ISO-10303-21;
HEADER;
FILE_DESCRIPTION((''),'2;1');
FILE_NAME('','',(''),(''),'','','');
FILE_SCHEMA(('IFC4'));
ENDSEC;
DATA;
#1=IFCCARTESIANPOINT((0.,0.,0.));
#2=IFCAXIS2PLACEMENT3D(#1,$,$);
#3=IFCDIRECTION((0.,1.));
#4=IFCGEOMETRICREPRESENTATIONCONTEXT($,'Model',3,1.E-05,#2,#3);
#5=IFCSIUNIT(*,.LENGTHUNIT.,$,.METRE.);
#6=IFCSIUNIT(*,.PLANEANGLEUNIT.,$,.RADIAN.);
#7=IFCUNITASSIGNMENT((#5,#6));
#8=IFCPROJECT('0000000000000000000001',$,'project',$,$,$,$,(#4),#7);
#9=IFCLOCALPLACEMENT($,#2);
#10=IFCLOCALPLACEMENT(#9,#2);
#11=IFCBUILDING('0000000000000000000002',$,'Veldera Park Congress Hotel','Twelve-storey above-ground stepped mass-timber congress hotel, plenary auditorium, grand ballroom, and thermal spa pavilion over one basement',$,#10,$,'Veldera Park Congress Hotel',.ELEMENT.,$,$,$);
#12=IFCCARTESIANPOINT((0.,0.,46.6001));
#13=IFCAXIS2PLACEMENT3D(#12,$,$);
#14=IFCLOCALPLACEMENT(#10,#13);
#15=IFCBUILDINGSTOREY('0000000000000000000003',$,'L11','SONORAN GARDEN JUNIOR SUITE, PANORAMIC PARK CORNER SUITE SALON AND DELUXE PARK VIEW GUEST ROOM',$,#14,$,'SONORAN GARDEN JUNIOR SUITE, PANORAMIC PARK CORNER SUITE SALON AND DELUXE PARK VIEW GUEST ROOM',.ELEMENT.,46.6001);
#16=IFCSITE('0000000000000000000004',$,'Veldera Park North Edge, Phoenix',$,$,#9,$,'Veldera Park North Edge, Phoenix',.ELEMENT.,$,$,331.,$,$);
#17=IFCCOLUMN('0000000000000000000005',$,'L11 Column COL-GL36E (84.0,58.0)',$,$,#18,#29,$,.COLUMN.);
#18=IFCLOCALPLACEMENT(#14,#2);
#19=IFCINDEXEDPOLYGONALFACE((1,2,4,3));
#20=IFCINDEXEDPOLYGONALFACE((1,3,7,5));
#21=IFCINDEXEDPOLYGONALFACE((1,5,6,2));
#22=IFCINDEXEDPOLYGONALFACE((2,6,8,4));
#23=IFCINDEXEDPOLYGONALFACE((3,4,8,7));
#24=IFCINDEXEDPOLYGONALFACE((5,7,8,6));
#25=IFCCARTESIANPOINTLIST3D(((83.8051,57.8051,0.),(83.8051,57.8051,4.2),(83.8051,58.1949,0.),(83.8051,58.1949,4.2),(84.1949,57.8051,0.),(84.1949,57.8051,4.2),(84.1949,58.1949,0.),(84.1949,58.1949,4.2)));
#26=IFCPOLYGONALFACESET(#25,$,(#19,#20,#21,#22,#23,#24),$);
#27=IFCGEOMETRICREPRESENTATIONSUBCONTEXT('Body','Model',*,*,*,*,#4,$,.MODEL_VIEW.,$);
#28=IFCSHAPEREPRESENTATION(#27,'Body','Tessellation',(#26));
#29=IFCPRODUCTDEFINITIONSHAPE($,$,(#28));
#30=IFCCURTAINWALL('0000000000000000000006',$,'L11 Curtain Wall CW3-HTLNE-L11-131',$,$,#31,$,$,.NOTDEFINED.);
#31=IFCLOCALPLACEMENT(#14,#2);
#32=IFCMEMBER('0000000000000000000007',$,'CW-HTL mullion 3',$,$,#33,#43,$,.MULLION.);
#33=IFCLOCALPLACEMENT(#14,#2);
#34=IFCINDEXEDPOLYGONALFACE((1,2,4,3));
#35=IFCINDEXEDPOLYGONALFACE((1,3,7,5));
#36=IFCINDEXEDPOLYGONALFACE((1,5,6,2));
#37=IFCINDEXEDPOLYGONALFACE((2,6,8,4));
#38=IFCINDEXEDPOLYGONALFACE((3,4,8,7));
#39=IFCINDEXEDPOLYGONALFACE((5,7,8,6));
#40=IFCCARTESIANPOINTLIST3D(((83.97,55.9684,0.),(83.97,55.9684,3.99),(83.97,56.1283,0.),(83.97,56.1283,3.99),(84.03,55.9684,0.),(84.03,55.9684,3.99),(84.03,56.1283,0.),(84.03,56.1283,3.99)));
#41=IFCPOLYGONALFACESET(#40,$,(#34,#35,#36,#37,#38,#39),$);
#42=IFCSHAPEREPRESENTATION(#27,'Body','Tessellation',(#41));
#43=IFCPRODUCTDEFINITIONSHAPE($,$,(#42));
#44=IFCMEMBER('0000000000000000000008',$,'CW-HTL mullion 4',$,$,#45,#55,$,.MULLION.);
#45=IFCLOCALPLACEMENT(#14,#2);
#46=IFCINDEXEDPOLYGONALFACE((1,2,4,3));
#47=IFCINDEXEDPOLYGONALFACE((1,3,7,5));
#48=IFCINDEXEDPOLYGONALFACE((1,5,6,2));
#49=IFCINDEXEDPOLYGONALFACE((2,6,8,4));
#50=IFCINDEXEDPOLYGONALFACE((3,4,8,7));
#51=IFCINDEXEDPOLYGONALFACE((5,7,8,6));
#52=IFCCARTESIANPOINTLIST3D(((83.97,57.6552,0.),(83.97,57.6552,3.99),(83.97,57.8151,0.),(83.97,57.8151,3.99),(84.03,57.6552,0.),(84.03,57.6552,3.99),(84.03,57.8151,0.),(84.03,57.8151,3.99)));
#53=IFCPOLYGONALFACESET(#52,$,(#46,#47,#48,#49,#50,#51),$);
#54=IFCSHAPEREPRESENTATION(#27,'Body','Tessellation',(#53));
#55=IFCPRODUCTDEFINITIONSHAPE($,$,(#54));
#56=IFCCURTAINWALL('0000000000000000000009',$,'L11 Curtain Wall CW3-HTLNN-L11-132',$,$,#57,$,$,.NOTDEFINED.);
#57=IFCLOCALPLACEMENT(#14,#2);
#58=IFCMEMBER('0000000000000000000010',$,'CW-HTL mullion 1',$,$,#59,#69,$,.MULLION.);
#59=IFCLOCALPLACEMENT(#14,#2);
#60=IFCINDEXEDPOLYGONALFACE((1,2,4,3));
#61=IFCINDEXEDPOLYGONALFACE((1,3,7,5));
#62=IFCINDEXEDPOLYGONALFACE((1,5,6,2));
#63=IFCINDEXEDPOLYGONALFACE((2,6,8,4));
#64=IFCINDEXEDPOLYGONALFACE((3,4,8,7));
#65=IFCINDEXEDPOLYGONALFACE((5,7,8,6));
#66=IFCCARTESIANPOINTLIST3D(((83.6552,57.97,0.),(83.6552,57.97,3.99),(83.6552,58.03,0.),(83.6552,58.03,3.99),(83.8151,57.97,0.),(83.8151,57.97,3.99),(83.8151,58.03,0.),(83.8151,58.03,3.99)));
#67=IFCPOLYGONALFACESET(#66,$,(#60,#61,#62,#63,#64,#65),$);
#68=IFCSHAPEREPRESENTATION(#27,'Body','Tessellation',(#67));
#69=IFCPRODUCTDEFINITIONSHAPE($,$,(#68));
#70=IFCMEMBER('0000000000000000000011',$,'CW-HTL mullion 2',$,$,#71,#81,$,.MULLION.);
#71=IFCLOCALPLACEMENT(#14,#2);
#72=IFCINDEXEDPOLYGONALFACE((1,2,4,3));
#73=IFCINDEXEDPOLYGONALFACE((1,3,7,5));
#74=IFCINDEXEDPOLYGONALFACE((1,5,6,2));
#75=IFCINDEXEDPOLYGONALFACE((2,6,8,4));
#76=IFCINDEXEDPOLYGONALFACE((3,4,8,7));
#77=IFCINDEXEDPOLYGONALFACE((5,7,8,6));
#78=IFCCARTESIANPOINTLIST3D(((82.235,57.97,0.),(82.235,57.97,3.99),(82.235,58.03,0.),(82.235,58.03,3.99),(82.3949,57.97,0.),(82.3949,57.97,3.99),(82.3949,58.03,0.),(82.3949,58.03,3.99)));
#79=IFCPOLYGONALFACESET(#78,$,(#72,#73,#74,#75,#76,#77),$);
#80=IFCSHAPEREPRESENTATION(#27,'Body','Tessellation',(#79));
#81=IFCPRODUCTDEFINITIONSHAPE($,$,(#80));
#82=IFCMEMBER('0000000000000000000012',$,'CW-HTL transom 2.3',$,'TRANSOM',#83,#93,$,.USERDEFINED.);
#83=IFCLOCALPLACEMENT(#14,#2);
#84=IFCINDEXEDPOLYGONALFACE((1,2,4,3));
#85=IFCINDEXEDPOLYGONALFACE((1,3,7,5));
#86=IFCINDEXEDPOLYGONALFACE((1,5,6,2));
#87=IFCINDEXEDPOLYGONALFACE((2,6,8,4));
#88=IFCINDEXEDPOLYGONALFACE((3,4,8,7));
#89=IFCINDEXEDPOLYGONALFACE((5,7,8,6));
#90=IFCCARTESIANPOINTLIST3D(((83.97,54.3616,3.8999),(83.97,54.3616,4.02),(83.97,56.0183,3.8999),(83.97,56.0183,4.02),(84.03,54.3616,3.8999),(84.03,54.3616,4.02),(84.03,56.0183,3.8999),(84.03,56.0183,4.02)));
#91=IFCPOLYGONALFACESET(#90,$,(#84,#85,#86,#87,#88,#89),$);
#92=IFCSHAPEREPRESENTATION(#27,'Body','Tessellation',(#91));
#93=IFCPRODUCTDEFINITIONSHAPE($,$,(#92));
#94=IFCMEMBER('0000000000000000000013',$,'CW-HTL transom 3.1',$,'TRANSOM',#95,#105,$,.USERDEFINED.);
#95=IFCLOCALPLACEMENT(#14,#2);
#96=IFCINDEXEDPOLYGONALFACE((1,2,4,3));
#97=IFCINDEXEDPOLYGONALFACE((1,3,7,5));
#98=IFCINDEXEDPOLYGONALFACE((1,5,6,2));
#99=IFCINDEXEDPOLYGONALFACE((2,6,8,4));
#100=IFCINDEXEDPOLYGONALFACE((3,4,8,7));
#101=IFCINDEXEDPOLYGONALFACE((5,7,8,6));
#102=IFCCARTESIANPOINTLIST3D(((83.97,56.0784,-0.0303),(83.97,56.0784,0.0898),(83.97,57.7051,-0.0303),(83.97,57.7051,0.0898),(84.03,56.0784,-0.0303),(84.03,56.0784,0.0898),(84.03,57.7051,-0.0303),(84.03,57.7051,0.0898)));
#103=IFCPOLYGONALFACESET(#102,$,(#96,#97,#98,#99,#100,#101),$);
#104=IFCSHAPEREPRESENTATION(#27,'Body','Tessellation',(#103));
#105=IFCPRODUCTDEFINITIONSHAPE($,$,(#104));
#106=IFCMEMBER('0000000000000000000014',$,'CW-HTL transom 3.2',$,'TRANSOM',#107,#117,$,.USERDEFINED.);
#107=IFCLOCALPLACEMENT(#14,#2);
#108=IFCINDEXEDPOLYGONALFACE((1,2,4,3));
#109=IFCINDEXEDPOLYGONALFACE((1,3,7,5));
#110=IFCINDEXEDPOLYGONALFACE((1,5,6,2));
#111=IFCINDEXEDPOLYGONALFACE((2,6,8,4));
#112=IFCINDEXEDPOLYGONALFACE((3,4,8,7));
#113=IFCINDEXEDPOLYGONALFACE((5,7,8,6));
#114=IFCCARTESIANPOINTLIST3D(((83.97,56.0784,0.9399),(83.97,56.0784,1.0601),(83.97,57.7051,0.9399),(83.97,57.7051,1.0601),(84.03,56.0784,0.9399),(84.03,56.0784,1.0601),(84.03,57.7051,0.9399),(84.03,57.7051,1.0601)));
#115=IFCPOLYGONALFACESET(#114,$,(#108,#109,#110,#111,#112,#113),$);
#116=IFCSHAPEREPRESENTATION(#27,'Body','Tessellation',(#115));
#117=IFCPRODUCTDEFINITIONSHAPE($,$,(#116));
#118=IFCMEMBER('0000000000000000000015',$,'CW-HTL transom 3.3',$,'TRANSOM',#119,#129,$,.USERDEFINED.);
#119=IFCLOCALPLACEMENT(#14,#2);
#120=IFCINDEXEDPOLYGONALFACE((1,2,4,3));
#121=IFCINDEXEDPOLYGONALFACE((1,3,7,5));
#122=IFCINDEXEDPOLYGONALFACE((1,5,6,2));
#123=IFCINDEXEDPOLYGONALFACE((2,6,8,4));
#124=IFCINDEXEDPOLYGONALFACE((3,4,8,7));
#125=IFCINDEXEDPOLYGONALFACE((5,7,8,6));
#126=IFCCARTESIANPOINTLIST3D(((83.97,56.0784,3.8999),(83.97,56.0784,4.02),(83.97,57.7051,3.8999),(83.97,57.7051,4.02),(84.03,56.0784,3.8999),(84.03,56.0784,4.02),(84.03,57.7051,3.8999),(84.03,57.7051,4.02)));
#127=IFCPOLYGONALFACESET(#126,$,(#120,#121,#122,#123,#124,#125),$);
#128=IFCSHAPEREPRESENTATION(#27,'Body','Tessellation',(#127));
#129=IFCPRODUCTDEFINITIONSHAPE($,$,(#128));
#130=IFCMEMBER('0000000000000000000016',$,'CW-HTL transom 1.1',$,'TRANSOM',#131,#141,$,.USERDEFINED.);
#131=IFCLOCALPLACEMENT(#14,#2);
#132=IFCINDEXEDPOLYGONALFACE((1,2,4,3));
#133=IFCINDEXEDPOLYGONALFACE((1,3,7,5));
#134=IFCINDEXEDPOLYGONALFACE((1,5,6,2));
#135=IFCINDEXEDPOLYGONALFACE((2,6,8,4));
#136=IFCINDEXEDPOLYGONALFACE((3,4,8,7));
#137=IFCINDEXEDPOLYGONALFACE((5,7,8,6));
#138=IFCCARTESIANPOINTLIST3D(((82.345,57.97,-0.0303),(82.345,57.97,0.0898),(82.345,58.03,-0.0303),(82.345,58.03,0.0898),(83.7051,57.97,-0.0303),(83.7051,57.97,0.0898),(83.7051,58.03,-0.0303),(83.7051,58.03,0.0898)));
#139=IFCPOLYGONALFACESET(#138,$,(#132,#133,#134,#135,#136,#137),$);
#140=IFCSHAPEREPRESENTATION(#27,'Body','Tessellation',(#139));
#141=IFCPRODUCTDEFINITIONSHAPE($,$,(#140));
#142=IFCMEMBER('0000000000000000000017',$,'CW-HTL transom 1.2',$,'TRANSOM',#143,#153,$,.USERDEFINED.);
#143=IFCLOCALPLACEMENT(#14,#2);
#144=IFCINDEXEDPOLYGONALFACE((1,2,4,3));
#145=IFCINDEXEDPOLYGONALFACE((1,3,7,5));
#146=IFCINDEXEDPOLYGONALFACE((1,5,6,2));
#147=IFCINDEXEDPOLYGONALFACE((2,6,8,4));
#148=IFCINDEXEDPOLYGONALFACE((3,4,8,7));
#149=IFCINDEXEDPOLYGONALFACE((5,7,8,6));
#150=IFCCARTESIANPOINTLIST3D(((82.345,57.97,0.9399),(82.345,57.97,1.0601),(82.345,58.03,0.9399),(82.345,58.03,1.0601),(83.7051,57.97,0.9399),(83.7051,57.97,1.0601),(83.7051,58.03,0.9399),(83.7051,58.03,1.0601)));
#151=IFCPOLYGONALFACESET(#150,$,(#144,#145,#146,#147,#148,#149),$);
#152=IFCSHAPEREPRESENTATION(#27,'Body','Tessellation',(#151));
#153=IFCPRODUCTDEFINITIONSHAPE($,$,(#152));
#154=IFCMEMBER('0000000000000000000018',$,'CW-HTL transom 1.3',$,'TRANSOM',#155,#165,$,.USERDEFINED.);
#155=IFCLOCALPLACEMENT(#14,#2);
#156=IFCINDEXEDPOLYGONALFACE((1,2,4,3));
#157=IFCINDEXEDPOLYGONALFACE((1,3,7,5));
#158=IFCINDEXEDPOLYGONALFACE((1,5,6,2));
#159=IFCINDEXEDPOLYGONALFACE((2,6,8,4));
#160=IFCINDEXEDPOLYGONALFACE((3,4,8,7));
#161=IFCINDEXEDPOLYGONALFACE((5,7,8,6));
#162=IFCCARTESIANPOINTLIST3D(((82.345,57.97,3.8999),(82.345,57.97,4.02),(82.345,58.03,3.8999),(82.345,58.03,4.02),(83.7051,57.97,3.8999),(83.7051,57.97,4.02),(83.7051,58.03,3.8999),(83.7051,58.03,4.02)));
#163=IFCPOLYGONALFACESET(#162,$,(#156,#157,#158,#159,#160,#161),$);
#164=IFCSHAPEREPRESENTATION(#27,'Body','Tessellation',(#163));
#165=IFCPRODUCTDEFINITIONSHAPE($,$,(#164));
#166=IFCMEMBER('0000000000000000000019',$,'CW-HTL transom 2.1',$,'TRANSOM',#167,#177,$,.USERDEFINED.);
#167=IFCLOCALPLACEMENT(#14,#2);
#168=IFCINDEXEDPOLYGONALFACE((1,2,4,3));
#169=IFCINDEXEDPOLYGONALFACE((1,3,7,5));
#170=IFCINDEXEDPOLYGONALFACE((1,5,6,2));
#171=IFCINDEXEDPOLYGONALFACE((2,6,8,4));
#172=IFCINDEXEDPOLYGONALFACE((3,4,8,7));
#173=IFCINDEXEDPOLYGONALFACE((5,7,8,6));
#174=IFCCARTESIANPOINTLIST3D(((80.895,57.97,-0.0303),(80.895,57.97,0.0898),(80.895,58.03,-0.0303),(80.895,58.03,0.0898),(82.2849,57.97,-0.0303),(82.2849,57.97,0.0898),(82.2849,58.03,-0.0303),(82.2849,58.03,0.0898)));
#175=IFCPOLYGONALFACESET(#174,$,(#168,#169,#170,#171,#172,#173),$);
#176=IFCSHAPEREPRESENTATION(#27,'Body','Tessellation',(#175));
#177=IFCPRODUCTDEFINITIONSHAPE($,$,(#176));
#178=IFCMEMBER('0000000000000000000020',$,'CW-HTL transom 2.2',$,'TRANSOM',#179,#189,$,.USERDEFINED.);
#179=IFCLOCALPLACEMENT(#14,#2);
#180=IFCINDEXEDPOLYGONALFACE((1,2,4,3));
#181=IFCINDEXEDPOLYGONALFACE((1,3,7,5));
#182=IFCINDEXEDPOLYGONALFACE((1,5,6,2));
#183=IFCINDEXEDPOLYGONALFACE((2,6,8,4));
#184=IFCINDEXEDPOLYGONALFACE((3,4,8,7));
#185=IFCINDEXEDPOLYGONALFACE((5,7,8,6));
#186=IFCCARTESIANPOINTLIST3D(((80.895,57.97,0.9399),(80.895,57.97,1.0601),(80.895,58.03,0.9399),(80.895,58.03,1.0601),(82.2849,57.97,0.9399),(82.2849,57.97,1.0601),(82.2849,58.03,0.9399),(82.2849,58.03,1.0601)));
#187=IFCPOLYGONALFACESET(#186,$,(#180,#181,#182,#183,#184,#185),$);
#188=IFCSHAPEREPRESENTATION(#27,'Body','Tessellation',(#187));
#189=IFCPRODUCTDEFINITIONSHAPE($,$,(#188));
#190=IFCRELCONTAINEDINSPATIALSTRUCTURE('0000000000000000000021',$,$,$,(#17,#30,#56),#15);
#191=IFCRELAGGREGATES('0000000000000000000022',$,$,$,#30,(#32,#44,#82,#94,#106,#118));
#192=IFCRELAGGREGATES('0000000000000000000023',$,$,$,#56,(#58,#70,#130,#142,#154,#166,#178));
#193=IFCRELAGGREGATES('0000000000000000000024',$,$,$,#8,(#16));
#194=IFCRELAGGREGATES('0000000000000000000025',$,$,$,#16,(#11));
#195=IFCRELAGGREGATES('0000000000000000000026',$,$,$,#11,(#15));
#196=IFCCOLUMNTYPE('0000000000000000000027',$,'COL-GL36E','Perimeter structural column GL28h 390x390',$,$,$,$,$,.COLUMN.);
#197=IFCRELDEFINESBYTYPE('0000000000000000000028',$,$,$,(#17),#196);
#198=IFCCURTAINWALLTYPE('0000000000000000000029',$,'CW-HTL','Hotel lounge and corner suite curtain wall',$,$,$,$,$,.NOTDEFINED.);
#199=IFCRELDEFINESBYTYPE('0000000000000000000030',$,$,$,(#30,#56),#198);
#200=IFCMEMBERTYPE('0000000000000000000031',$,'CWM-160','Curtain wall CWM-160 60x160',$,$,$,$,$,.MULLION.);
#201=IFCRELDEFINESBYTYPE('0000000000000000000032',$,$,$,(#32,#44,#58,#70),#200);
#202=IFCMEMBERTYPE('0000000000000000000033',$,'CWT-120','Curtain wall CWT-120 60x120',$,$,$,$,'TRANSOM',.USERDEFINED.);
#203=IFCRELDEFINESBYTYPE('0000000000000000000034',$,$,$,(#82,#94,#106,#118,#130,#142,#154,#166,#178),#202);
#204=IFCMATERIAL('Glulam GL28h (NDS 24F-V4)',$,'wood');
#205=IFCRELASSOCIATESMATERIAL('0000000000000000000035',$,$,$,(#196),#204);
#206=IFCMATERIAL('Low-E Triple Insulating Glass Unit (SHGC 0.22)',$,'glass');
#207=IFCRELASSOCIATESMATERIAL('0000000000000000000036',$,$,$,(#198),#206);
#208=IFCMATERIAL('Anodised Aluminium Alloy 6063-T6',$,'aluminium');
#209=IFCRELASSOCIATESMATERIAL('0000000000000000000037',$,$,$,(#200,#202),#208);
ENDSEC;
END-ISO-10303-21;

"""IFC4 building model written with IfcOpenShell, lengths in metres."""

from ifc_helpers import new_model, si_unit, direction, frame, origin, origin_2d, place, context, subcontext, project, spatial, rectangle, extrude, material, material_profile, profile_set, type_object, element, aggregate, save


model = new_model("IFC4")

# Units and contexts
model_context = context("Model", 3, precision=1e-05, world=origin(), true_north=direction((0.0, 1.0)))
body_context = subcontext(model_context, "Body", "Model", "MODEL_VIEW")
ifc_project = project(units=[si_unit("LENGTHUNIT", "METRE"), si_unit("PLANEANGLEUNIT", "RADIAN")], contexts=[model_context])

# Site, building, storey
site_placement = place(None, origin())
site = spatial("IfcSite", under=ifc_project, at=site_placement, Name="Veldera Park North Edge, Phoenix", LongName="Veldera Park North Edge, Phoenix", CompositionType="ELEMENT", RefElevation=331.0)
building_placement = place(site_placement, origin())
building = spatial("IfcBuilding", under=site, at=building_placement, Name="Veldera Park Congress Hotel", Description="Twelve-storey above-ground stepped mass-timber congress hotel, plenary auditorium, grand ballroom, and thermal spa pavilion over one basement", LongName="Veldera Park Congress Hotel", CompositionType="ELEMENT")
storey_placement = place(building_placement, frame((0.0, 0.0, 46.6001)))
storey = spatial("IfcBuildingStorey", under=building, at=storey_placement, Name="L11", Description="SONORAN GARDEN JUNIOR SUITE, PANORAMIC PARK CORNER SUITE SALON AND DELUXE PARK VIEW GUEST ROOM", LongName="SONORAN GARDEN JUNIOR SUITE, PANORAMIC PARK CORNER SUITE SALON AND DELUXE PARK VIEW GUEST ROOM", CompositionType="ELEMENT", Elevation=46.6001)

# Column
ifc_material_1 = material(Name="Glulam GL28h (NDS 24F-V4)", Category="wood")
ifc_material_profile_1 = material_profile(ifc_material_1, rectangle(XDim=0.3899, YDim=0.3899, at=origin_2d()), Name="GL28h 390x390")
ifc_profile_set_1 = profile_set([ifc_material_profile_1], Name="Glulam GL28h (NDS 24F-V4)")
column_type = type_object("IfcColumnType", Name="COL-GL36E", Description="Perimeter structural column GL28h 390x390", PredefinedType="COLUMN", material=ifc_profile_set_1)
column_placement = place(storey_placement, frame((84.0, 58.0, 0.0), z_axis=(0.0, 0.0, 1.0), x_axis=(1.0, 0.0, 0.0)))
element("IfcColumn", 1, at=column_placement, inside=storey, type_object=column_type, Name="L11 Column COL-GL36E (84.0,58.0)", PredefinedType="COLUMN", context=body_context, shape_type="SweptSolid", body=[
    extrude(rectangle(XDim=0.3899, YDim=0.3899, at=origin_2d()), origin(), (0.0, 0.0, 1.0), 4.2),
])

# Curtain walls, members
ifc_material_2 = material(Name="Low-E Triple Insulating Glass Unit (SHGC 0.22)", Category="glass")
curtain_wall_type = type_object("IfcCurtainWallType", Name="CW-HTL", Description="Hotel lounge and corner suite curtain wall", PredefinedType="NOTDEFINED", material=ifc_material_2)
curtain_wall_1_placement = place(storey_placement, origin())
curtain_wall_1 = element("IfcCurtainWall", 2, at=curtain_wall_1_placement, inside=storey, type_object=curtain_wall_type, Name="L11 Curtain Wall CW3-HTLNE-L11-131", PredefinedType="NOTDEFINED")
ifc_material_3 = material(Name="Anodised Aluminium Alloy 6063-T6", Category="aluminium")
ifc_material_profile_2 = material_profile(ifc_material_3, rectangle(XDim=0.0601, YDim=0.1599, at=origin_2d()), Name="ALU 60x160")
ifc_profile_set_2 = profile_set([ifc_material_profile_2], Name="Anodised Aluminium Alloy 6063-T6")
member_type_1 = type_object("IfcMemberType", Name="CWM-160", Description="Curtain wall CWM-160 60x160", PredefinedType="MULLION", material=ifc_profile_set_2)
member_1_placement = place(storey_placement, frame((84.0, 56.0483, 0.0), z_axis=(0.0, 0.0, 1.0), x_axis=(-1.0, 0.0, 0.0)))
member_1 = element("IfcMember", 3, at=member_1_placement, type_object=member_type_1, Name="CW-HTL mullion 3", PredefinedType="MULLION", context=body_context, shape_type="SweptSolid", body=[
    extrude(rectangle(XDim=0.0601, YDim=0.1599, at=origin_2d()), origin(), (0.0, 0.0, 1.0), 3.99),
])
member_2_placement = place(storey_placement, frame((84.0, 57.7351, 0.0), z_axis=(0.0, 0.0, 1.0), x_axis=(-1.0, 0.0, 0.0)))
member_2 = element("IfcMember", 4, at=member_2_placement, type_object=member_type_1, Name="CW-HTL mullion 4", PredefinedType="MULLION", context=body_context, shape_type="SweptSolid", body=[
    extrude(rectangle(XDim=0.0601, YDim=0.1599, at=origin_2d()), origin(), (0.0, 0.0, 1.0), 3.99),
])
curtain_wall_2_placement = place(storey_placement, origin())
curtain_wall_2 = element("IfcCurtainWall", 5, at=curtain_wall_2_placement, inside=storey, type_object=curtain_wall_type, Name="L11 Curtain Wall CW3-HTLNN-L11-132", PredefinedType="NOTDEFINED")
member_3_placement = place(storey_placement, frame((83.7351, 58.0, 0.0), z_axis=(0.0, 0.0, 1.0), x_axis=(0.0, -1.0, 0.0)))
member_3 = element("IfcMember", 6, at=member_3_placement, type_object=member_type_1, Name="CW-HTL mullion 1", PredefinedType="MULLION", context=body_context, shape_type="SweptSolid", body=[
    extrude(rectangle(XDim=0.0601, YDim=0.1599, at=origin_2d()), origin(), (0.0, 0.0, 1.0), 3.99),
])
member_4_placement = place(storey_placement, frame((82.3149, 58.0, 0.0), z_axis=(0.0, 0.0, 1.0), x_axis=(0.0, -1.0, 0.0)))
member_4 = element("IfcMember", 7, at=member_4_placement, type_object=member_type_1, Name="CW-HTL mullion 2", PredefinedType="MULLION", context=body_context, shape_type="SweptSolid", body=[
    extrude(rectangle(XDim=0.0601, YDim=0.1599, at=origin_2d()), origin(), (0.0, 0.0, 1.0), 3.99),
])

# Members
ifc_material_profile_3 = material_profile(ifc_material_3, rectangle(XDim=0.0601, YDim=0.1201, at=origin_2d()), Name="ALU 60x120")
ifc_profile_set_3 = profile_set([ifc_material_profile_3], Name="Anodised Aluminium Alloy 6063-T6")
member_type_2 = type_object("IfcMemberType", Name="CWT-120", Description="Curtain wall CWT-120 60x120", ElementType="TRANSOM", PredefinedType="USERDEFINED", material=ifc_profile_set_3)
member_5_placement = place(storey_placement, frame((84.0, 54.3616, 3.96), z_axis=(0.0, 1.0, 0.0), x_axis=(-1.0, 0.0, 0.0)))
member_5 = element("IfcMember", 8, at=member_5_placement, type_object=member_type_2, Name="CW-HTL transom 2.3", ObjectType="TRANSOM", PredefinedType="USERDEFINED", context=body_context, shape_type="SweptSolid", body=[
    extrude(rectangle(XDim=0.0601, YDim=0.1201, at=origin_2d()), origin(), (0.0, 0.0, 1.0), 1.6567),
])
member_6_placement = place(storey_placement, frame((84.0, 56.0784, 0.0298), z_axis=(0.0, 1.0, 0.0), x_axis=(-1.0, 0.0, 0.0)))
member_6 = element("IfcMember", 9, at=member_6_placement, type_object=member_type_2, Name="CW-HTL transom 3.1", ObjectType="TRANSOM", PredefinedType="USERDEFINED", context=body_context, shape_type="SweptSolid", body=[
    extrude(rectangle(XDim=0.0601, YDim=0.1201, at=origin_2d()), origin(), (0.0, 0.0, 1.0), 1.6267),
])
member_7_placement = place(storey_placement, frame((84.0, 56.0784, 1.0), z_axis=(0.0, 1.0, 0.0), x_axis=(-1.0, 0.0, 0.0)))
member_7 = element("IfcMember", 10, at=member_7_placement, type_object=member_type_2, Name="CW-HTL transom 3.2", ObjectType="TRANSOM", PredefinedType="USERDEFINED", context=body_context, shape_type="SweptSolid", body=[
    extrude(rectangle(XDim=0.0601, YDim=0.1201, at=origin_2d()), origin(), (0.0, 0.0, 1.0), 1.6267),
])
member_8_placement = place(storey_placement, frame((84.0, 56.0784, 3.96), z_axis=(0.0, 1.0, 0.0), x_axis=(-1.0, 0.0, 0.0)))
member_8 = element("IfcMember", 11, at=member_8_placement, type_object=member_type_2, Name="CW-HTL transom 3.3", ObjectType="TRANSOM", PredefinedType="USERDEFINED", context=body_context, shape_type="SweptSolid", body=[
    extrude(rectangle(XDim=0.0601, YDim=0.1201, at=origin_2d()), origin(), (0.0, 0.0, 1.0), 1.6267),
])
member_9_placement = place(storey_placement, frame((83.7051, 58.0, 0.0298), z_axis=(-1.0, 0.0, 0.0), x_axis=(0.0, -1.0, 0.0)))
member_9 = element("IfcMember", 12, at=member_9_placement, type_object=member_type_2, Name="CW-HTL transom 1.1", ObjectType="TRANSOM", PredefinedType="USERDEFINED", context=body_context, shape_type="SweptSolid", body=[
    extrude(rectangle(XDim=0.0601, YDim=0.1201, at=origin_2d()), origin(), (0.0, 0.0, 1.0), 1.3601),
])
member_10_placement = place(storey_placement, frame((83.7051, 58.0, 1.0), z_axis=(-1.0, 0.0, 0.0), x_axis=(0.0, -1.0, 0.0)))
member_10 = element("IfcMember", 13, at=member_10_placement, type_object=member_type_2, Name="CW-HTL transom 1.2", ObjectType="TRANSOM", PredefinedType="USERDEFINED", context=body_context, shape_type="SweptSolid", body=[
    extrude(rectangle(XDim=0.0601, YDim=0.1201, at=origin_2d()), origin(), (0.0, 0.0, 1.0), 1.3601),
])
member_11_placement = place(storey_placement, frame((83.7051, 58.0, 3.96), z_axis=(-1.0, 0.0, 0.0), x_axis=(0.0, -1.0, 0.0)))
member_11 = element("IfcMember", 14, at=member_11_placement, type_object=member_type_2, Name="CW-HTL transom 1.3", ObjectType="TRANSOM", PredefinedType="USERDEFINED", context=body_context, shape_type="SweptSolid", body=[
    extrude(rectangle(XDim=0.0601, YDim=0.1201, at=origin_2d()), origin(), (0.0, 0.0, 1.0), 1.3601),
])
member_12_placement = place(storey_placement, frame((82.2849, 58.0, 0.0298), z_axis=(-1.0, 0.0, 0.0), x_axis=(0.0, -1.0, 0.0)))
member_12 = element("IfcMember", 15, at=member_12_placement, type_object=member_type_2, Name="CW-HTL transom 2.1", ObjectType="TRANSOM", PredefinedType="USERDEFINED", context=body_context, shape_type="SweptSolid", body=[
    extrude(rectangle(XDim=0.0601, YDim=0.1201, at=origin_2d()), origin(), (0.0, 0.0, 1.0), 1.3899),
])
member_13_placement = place(storey_placement, frame((82.2849, 58.0, 1.0), z_axis=(-1.0, 0.0, 0.0), x_axis=(0.0, -1.0, 0.0)))
member_13 = element("IfcMember", 16, at=member_13_placement, type_object=member_type_2, Name="CW-HTL transom 2.2", ObjectType="TRANSOM", PredefinedType="USERDEFINED", context=body_context, shape_type="SweptSolid", body=[
    extrude(rectangle(XDim=0.0601, YDim=0.1201, at=origin_2d()), origin(), (0.0, 0.0, 1.0), 1.3899),
])

aggregate(curtain_wall_1, [member_1, member_2, member_5, member_6, member_7, member_8])
aggregate(curtain_wall_2, [member_3, member_4, member_9, member_10, member_11, member_12, member_13])

save(model, "model.ifc")
